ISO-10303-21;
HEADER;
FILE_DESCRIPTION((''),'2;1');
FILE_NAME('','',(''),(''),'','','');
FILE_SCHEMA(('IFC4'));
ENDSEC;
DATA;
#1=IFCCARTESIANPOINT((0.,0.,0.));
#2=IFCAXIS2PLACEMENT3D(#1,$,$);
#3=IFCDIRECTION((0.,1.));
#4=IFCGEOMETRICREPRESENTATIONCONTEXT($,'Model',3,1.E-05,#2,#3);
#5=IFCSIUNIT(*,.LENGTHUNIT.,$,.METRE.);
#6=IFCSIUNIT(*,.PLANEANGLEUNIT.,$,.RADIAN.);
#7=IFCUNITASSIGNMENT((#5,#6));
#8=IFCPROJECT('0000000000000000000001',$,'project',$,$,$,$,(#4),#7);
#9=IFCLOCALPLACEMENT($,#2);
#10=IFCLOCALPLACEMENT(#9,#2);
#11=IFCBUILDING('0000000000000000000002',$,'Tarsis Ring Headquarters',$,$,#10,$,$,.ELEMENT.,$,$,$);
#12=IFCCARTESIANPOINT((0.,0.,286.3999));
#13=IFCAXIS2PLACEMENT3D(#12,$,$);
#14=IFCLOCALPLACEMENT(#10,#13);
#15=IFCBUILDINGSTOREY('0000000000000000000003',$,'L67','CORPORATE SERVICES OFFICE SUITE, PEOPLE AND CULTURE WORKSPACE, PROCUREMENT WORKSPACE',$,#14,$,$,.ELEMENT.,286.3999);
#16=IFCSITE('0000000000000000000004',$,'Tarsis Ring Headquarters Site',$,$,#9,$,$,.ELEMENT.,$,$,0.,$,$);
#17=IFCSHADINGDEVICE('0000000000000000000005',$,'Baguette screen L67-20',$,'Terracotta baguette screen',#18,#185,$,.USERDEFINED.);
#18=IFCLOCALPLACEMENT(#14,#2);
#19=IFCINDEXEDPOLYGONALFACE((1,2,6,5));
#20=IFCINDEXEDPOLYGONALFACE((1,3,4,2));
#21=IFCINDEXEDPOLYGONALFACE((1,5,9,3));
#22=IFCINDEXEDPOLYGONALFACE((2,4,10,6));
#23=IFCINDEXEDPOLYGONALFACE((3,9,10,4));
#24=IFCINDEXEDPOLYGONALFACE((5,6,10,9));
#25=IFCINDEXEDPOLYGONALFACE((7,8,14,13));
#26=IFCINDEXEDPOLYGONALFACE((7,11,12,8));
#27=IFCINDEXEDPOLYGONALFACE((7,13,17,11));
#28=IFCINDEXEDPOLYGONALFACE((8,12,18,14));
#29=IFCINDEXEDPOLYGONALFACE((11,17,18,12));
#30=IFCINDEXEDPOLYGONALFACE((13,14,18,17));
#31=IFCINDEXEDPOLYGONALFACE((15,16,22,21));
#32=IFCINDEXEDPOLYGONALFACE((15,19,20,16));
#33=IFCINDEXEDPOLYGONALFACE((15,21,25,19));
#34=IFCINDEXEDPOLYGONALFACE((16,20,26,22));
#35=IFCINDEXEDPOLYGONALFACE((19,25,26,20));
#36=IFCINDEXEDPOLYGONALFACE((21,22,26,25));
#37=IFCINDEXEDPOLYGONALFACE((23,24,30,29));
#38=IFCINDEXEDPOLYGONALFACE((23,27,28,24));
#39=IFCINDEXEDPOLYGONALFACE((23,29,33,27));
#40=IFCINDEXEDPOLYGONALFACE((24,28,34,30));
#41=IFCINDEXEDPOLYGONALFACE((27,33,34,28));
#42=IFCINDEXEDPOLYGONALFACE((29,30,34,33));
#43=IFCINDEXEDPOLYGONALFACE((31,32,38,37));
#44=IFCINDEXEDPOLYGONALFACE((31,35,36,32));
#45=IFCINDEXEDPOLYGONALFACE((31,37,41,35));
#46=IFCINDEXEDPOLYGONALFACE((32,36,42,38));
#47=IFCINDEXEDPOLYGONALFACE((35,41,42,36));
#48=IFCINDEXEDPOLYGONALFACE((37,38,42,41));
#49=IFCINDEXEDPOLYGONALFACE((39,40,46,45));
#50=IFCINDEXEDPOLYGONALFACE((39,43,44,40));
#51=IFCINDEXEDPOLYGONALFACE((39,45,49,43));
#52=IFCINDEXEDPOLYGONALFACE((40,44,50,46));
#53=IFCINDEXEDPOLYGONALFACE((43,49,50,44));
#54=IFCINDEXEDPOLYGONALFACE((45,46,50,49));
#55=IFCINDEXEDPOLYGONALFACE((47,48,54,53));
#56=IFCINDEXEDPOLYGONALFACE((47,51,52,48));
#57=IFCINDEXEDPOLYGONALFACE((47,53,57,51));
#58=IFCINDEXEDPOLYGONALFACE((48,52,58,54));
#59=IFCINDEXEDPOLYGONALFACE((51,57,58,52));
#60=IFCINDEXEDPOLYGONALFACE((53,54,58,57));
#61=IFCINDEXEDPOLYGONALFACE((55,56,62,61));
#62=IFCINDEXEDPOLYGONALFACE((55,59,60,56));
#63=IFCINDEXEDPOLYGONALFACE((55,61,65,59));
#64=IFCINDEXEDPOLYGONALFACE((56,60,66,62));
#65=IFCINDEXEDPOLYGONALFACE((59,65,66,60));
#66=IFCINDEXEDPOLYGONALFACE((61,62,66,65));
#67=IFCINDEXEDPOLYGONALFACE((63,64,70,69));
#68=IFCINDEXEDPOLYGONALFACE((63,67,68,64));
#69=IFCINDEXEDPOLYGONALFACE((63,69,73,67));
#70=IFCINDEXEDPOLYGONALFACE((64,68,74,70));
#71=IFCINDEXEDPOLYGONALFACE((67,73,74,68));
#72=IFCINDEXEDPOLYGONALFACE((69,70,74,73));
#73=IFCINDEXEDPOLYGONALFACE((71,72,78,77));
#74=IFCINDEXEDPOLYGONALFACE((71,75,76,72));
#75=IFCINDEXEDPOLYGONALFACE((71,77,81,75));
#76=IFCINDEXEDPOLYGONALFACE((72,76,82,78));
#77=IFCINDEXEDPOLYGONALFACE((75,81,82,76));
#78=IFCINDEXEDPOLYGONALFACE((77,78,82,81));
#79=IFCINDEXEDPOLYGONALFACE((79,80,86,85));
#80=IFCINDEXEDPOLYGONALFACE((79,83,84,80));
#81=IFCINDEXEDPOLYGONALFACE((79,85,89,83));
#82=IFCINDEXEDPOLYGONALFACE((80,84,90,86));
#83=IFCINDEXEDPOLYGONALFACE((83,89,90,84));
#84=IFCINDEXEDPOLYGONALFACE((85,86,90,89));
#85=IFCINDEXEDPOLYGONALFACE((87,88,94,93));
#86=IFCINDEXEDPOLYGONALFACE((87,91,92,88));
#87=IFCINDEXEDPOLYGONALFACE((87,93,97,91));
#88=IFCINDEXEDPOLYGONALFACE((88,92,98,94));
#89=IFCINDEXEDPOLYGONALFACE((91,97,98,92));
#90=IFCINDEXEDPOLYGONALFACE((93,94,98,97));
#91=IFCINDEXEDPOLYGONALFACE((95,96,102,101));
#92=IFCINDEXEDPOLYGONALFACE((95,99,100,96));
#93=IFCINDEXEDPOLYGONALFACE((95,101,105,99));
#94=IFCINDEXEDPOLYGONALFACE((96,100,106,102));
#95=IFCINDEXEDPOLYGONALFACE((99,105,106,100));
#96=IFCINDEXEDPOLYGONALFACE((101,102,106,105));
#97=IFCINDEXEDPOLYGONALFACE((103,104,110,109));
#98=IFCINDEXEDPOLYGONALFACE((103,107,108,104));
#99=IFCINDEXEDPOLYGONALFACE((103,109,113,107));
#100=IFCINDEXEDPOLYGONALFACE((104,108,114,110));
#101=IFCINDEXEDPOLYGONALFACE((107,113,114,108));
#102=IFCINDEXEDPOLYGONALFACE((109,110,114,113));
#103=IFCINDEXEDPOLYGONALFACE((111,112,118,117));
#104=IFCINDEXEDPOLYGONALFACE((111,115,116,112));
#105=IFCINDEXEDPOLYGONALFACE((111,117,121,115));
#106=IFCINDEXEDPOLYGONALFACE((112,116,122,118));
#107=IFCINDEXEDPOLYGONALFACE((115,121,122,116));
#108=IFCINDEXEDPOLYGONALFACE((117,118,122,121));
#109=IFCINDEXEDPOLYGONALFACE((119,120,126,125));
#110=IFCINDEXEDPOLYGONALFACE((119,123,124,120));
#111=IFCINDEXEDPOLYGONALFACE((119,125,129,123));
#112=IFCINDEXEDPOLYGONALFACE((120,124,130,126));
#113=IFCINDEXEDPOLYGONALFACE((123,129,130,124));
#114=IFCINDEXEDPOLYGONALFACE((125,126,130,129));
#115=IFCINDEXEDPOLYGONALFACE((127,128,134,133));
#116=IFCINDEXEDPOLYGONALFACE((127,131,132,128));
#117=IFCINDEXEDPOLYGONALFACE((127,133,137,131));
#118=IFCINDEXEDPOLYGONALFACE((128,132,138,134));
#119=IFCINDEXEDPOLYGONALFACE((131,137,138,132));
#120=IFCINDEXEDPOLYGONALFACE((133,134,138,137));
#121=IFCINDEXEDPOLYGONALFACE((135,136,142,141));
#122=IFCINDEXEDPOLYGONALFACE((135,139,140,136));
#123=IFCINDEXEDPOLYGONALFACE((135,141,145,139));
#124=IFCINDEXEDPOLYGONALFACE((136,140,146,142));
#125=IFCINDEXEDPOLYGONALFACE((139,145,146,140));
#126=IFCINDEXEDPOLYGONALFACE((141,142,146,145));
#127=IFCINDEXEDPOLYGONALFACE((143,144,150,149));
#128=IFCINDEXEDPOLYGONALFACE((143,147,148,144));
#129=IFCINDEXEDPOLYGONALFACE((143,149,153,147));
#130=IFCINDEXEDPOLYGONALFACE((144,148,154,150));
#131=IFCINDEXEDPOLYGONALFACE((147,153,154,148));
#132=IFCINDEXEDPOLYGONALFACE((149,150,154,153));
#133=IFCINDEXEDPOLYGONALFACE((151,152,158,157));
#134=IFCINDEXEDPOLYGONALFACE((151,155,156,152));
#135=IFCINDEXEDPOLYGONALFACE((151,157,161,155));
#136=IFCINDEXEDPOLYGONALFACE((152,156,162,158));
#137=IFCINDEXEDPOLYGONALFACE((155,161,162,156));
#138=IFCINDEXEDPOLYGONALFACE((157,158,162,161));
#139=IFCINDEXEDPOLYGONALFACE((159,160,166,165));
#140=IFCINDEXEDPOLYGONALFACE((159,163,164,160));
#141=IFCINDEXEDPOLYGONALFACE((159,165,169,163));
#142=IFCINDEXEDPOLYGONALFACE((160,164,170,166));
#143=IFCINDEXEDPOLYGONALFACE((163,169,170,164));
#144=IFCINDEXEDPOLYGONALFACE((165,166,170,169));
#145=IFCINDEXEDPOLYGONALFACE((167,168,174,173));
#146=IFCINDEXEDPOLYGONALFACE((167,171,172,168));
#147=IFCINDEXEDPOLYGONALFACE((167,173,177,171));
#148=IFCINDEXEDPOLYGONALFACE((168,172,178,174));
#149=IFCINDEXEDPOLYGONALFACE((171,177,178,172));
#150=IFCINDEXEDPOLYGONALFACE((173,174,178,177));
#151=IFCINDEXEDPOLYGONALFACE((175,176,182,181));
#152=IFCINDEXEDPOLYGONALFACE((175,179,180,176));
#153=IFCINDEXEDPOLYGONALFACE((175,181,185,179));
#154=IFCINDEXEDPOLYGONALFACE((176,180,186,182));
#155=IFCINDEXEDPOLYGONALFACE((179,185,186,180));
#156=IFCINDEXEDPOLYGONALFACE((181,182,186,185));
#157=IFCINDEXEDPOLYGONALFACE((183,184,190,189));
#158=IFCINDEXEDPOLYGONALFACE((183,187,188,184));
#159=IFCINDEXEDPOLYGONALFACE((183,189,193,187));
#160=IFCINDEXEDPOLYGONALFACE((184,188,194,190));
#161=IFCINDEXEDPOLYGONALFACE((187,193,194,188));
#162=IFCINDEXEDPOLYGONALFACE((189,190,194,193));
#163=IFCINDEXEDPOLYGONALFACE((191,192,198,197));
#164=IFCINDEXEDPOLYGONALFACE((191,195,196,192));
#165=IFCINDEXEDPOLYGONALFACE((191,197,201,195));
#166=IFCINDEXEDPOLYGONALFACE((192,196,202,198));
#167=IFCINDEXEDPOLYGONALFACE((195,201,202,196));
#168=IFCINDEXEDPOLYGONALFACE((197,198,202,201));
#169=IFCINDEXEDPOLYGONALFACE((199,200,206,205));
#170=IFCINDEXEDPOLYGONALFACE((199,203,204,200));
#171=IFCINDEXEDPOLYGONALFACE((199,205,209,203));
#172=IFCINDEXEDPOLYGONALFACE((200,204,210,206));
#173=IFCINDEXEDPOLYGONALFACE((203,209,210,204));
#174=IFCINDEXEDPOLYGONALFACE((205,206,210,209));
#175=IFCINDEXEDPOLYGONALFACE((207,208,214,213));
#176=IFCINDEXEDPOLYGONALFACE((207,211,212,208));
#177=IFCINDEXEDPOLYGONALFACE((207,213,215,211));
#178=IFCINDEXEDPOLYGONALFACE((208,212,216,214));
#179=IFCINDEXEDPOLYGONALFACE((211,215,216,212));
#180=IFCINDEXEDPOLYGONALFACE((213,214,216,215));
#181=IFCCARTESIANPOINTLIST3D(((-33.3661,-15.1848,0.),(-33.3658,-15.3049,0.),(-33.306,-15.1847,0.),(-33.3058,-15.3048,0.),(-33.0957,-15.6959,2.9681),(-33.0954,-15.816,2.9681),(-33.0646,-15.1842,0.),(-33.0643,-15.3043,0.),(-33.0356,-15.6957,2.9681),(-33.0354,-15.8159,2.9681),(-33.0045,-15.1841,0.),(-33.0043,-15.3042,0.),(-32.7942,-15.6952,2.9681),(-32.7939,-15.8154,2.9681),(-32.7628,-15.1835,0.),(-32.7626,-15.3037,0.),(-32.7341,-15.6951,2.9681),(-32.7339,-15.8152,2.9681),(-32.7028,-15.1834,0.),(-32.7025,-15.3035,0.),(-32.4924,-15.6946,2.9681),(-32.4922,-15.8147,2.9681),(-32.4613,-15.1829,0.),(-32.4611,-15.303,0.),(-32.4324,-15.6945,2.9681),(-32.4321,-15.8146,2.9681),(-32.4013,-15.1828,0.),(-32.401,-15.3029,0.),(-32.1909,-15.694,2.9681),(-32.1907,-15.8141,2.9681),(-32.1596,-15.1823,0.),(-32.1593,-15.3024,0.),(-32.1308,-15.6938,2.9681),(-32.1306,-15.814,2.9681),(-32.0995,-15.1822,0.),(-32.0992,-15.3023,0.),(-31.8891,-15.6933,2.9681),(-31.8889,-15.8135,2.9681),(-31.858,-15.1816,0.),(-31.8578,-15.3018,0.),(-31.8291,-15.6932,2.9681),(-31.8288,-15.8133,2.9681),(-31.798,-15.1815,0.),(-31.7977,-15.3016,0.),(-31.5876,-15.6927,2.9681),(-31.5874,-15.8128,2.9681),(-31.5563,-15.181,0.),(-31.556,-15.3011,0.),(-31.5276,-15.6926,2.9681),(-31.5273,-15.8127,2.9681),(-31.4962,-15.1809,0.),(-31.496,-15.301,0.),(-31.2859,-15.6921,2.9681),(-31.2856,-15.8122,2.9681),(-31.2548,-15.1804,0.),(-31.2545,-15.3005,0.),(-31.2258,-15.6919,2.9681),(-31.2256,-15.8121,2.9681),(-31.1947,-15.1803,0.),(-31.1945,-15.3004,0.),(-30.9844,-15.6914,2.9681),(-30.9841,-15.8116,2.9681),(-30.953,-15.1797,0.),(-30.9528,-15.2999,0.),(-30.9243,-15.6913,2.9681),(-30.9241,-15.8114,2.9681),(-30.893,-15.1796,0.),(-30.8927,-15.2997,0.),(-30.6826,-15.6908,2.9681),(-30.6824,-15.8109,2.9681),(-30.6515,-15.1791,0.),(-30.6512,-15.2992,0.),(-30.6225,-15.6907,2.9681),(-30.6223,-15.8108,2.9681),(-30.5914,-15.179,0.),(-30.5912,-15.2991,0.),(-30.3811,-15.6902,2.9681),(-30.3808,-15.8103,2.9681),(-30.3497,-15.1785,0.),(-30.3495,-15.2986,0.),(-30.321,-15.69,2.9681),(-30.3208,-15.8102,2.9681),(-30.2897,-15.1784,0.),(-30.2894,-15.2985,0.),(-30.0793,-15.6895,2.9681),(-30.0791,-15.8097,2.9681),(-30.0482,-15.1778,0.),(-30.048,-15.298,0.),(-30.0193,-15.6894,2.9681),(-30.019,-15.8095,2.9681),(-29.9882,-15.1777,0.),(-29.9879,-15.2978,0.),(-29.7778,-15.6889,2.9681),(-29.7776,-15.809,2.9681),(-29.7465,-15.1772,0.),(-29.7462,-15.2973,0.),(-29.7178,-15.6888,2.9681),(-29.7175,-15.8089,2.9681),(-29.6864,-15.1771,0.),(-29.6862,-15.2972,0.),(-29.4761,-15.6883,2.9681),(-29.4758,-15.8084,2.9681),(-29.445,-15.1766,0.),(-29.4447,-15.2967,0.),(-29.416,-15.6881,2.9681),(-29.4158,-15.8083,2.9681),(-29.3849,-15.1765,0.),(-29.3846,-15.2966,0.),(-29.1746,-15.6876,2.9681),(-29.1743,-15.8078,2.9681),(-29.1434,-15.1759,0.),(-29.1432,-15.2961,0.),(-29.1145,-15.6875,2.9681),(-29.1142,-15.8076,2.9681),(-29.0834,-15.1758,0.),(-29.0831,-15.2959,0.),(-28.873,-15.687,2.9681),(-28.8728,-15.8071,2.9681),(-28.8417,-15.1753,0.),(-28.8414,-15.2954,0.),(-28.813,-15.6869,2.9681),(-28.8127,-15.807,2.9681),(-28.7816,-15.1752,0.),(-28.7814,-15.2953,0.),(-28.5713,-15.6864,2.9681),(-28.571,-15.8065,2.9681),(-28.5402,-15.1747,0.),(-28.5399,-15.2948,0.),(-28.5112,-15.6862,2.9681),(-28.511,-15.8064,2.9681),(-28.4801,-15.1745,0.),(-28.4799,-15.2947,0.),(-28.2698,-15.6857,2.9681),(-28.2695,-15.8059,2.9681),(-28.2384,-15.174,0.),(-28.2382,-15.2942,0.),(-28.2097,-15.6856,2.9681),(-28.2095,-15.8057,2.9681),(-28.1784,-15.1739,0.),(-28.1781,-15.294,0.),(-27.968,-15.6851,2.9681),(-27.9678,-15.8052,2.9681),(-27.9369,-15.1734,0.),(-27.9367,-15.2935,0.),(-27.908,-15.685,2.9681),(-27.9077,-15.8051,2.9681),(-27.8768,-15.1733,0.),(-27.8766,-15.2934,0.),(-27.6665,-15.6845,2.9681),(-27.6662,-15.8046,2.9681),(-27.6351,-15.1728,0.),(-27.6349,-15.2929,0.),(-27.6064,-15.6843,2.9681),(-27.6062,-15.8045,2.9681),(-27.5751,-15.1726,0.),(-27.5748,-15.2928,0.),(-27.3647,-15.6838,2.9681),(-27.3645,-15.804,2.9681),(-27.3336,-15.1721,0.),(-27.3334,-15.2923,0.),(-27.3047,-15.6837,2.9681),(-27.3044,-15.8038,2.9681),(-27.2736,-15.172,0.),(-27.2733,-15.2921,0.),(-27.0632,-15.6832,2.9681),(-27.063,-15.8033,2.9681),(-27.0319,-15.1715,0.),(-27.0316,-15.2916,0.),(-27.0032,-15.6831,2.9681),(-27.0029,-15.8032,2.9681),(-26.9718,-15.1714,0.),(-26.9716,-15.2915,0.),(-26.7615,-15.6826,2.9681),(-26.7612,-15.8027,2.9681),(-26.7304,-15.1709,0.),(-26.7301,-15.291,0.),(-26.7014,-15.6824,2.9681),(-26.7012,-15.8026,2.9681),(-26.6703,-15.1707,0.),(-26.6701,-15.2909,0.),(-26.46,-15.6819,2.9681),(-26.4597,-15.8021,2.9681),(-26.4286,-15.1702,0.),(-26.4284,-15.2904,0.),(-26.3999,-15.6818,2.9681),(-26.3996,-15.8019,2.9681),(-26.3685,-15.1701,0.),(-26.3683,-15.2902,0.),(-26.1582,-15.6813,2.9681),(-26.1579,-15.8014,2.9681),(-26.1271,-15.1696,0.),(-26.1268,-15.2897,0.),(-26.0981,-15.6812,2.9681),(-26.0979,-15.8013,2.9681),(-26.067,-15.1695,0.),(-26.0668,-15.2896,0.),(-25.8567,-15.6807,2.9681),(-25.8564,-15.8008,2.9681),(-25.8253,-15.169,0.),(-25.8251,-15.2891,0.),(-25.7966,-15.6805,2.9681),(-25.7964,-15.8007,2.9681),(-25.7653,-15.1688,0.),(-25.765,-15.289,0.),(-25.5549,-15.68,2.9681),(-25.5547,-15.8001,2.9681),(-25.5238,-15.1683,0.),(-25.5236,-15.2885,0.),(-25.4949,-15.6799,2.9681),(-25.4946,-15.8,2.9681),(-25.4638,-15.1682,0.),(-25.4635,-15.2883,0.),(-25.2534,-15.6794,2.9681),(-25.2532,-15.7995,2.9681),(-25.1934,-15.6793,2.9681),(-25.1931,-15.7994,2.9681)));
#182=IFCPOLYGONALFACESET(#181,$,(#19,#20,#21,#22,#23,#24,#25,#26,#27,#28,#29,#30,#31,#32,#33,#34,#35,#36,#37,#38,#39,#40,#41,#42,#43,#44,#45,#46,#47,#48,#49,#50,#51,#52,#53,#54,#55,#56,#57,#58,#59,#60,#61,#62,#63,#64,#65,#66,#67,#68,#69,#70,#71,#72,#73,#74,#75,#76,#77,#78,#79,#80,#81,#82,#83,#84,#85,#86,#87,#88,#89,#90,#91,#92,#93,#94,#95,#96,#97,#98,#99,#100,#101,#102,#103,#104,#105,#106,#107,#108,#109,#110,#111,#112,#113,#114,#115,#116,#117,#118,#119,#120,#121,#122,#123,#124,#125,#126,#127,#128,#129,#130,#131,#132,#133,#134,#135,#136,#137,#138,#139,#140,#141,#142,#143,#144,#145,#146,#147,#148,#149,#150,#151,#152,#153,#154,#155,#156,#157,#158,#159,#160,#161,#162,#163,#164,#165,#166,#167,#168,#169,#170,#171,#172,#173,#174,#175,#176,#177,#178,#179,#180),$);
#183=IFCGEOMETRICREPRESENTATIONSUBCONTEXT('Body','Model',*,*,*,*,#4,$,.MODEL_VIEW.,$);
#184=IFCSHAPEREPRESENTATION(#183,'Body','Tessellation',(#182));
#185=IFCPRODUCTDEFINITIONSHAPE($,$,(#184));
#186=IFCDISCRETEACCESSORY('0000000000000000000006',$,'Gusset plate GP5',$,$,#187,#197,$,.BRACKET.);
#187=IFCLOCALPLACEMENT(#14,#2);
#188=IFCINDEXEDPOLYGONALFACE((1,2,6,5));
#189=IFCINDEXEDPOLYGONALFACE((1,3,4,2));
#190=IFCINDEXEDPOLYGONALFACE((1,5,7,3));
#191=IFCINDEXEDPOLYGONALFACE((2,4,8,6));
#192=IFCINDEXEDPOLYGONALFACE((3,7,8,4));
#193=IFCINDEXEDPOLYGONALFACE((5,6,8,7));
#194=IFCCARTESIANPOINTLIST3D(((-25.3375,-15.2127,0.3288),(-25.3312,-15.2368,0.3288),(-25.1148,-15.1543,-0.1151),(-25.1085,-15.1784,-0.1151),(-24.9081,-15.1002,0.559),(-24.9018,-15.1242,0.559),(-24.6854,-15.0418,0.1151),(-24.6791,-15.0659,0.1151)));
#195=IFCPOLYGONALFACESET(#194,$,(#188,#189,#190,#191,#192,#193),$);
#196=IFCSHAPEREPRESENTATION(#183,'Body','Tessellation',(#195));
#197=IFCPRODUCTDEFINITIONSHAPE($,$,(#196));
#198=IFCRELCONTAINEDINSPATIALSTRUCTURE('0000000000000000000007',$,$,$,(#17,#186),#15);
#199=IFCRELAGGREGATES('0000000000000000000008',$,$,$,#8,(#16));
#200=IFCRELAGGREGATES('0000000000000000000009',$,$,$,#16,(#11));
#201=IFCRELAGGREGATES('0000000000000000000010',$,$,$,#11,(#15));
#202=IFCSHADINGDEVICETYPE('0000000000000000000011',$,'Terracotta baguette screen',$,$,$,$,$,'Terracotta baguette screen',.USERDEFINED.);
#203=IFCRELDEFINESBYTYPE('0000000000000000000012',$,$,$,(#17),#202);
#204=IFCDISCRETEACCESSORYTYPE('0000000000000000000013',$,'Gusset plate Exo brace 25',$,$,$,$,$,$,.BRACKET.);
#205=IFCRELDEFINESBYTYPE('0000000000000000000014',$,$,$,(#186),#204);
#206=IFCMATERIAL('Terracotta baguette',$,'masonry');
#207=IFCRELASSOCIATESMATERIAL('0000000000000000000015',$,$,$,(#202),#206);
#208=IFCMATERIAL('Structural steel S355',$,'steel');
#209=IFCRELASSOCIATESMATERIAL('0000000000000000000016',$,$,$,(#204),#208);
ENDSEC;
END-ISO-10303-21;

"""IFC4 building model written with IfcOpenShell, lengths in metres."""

from ifc_helpers import new_model, si_unit, direction, frame, frame_2d, origin, origin_2d, place, context, subcontext, project, spatial, rectangle, composite_profile, extrude, material, material_profile, profile_set, type_object, element, save


model = new_model("IFC4")

# Units and contexts
model_context = context("Model", 3, precision=1e-05, world=origin(), true_north=direction((0.0, 1.0)))
body_context = subcontext(model_context, "Body", "Model", "MODEL_VIEW")
ifc_project = project(units=[si_unit("LENGTHUNIT", "METRE"), si_unit("PLANEANGLEUNIT", "RADIAN")], contexts=[model_context])

# Site, building, storey
site_placement = place(None, origin())
site = spatial("IfcSite", under=ifc_project, at=site_placement, Name="Tarsis Ring Headquarters Site", CompositionType="ELEMENT", RefElevation=0.0)
building_placement = place(site_placement, origin())
building = spatial("IfcBuilding", under=site, at=building_placement, Name="Tarsis Ring Headquarters", CompositionType="ELEMENT")
storey_placement = place(building_placement, frame((0.0, 0.0, 286.3999)))
storey = spatial("IfcBuildingStorey", under=building, at=storey_placement, Name="L67", Description="CORPORATE SERVICES OFFICE SUITE, PEOPLE AND CULTURE WORKSPACE, PROCUREMENT WORKSPACE", CompositionType="ELEMENT", Elevation=286.3999)

# Shared definitions
ifc_material_1 = material(Name="Structural steel S355", Category="steel")

# Shading device
ifc_material_2 = material(Name="Terracotta baguette", Category="masonry")
shading_device_type = type_object("IfcShadingDeviceType", Name="Terracotta baguette screen", ElementType="Terracotta baguette screen", PredefinedType="USERDEFINED", material=ifc_material_2)
shading_device_1_placement = place(storey_placement, frame((-33.366, -15.2449, 0.0), z_axis=(0.0, 0.0, 1.0), x_axis=(1.0, 0.002101, 0.0)))
element("IfcShadingDevice", 1, at=shading_device_1_placement, inside=storey, type_object=shading_device_type, Name="Baguette screen L67-20", ObjectType="Terracotta baguette screen", PredefinedType="USERDEFINED", context=body_context, shape_type="SweptSolid", body=[
    extrude(composite_profile([rectangle(XDim=0.0601, YDim=0.1201, at=frame_2d((0.03, 0.0))), rectangle(XDim=0.0601, YDim=0.1201, at=frame_2d((0.3315, 0.0))), rectangle(XDim=0.0601, YDim=0.1201, at=frame_2d((0.6333, 0.0))), rectangle(XDim=0.0601, YDim=0.1201, at=frame_2d((0.9348, 0.0))), rectangle(XDim=0.0601, YDim=0.1201, at=frame_2d((1.2366, 0.0))), rectangle(XDim=0.0601, YDim=0.1201, at=frame_2d((1.5381, 0.0))), rectangle(XDim=0.0601, YDim=0.1201, at=frame_2d((1.8398, 0.0))), rectangle(XDim=0.0601, YDim=0.1201, at=frame_2d((2.1414, 0.0))), rectangle(XDim=0.0601, YDim=0.1201, at=frame_2d((2.4431, 0.0))), rectangle(XDim=0.0601, YDim=0.1201, at=frame_2d((2.7446, 0.0))), rectangle(XDim=0.0601, YDim=0.1201, at=frame_2d((3.0464, 0.0))), rectangle(XDim=0.0601, YDim=0.1201, at=frame_2d((3.3479, 0.0))), rectangle(XDim=0.0601, YDim=0.1201, at=frame_2d((3.6497, 0.0))), rectangle(XDim=0.0601, YDim=0.1201, at=frame_2d((3.9512, 0.0))), rectangle(XDim=0.0601, YDim=0.1201, at=frame_2d((4.2527, 0.0))), rectangle(XDim=0.0601, YDim=0.1201, at=frame_2d((4.5544, 0.0))), rectangle(XDim=0.0601, YDim=0.1201, at=frame_2d((4.856, 0.0))), rectangle(XDim=0.0601, YDim=0.1201, at=frame_2d((5.1577, 0.0))), rectangle(XDim=0.0601, YDim=0.1201, at=frame_2d((5.4592, 0.0))), rectangle(XDim=0.0601, YDim=0.1201, at=frame_2d((5.761, 0.0))), rectangle(XDim=0.0601, YDim=0.1201, at=frame_2d((6.0625, 0.0))), rectangle(XDim=0.0601, YDim=0.1201, at=frame_2d((6.3643, 0.0))), rectangle(XDim=0.0601, YDim=0.1201, at=frame_2d((6.6658, 0.0))), rectangle(XDim=0.0601, YDim=0.1201, at=frame_2d((6.9675, 0.0))), rectangle(XDim=0.0601, YDim=0.1201, at=frame_2d((7.269, 0.0))), rectangle(XDim=0.0601, YDim=0.1201, at=frame_2d((7.5708, 0.0))), rectangle(XDim=0.0601, YDim=0.1201, at=frame_2d((7.8723, 0.0)))]), origin(), (0.089067, -0.169193, 0.98155), 3.0239),
])

# Discrete accessory
ifc_material_profile_1 = material_profile(ifc_material_1, rectangle(XDim=0.0249, YDim=0.5, at=origin_2d()), Name="PL 25x500")
ifc_profile_set_1 = profile_set([ifc_material_profile_1], Name="Structural steel S355")
discrete_accessory_type = type_object("IfcDiscreteAccessoryType", Name="Gusset plate Exo brace 25", PredefinedType="BRACKET", material=ifc_profile_set_1)
discrete_accessory_placement = place(storey_placement, frame((-24.897, -15.1101, 0.0), z_axis=(-0.445329, -0.116704, 0.887729), x_axis=(0.253501, -0.967335, 0.0)))
element("IfcDiscreteAccessory", 2, at=discrete_accessory_placement, inside=storey, type_object=discrete_accessory_type, Name="Gusset plate GP5", PredefinedType="BRACKET", context=body_context, shape_type="SweptSolid", body=[
    extrude(rectangle(XDim=0.0249, YDim=0.5, at=origin_2d()), origin(), (0.0, 0.0, 1.0), 0.5),
])

save(model, "model.ifc")
